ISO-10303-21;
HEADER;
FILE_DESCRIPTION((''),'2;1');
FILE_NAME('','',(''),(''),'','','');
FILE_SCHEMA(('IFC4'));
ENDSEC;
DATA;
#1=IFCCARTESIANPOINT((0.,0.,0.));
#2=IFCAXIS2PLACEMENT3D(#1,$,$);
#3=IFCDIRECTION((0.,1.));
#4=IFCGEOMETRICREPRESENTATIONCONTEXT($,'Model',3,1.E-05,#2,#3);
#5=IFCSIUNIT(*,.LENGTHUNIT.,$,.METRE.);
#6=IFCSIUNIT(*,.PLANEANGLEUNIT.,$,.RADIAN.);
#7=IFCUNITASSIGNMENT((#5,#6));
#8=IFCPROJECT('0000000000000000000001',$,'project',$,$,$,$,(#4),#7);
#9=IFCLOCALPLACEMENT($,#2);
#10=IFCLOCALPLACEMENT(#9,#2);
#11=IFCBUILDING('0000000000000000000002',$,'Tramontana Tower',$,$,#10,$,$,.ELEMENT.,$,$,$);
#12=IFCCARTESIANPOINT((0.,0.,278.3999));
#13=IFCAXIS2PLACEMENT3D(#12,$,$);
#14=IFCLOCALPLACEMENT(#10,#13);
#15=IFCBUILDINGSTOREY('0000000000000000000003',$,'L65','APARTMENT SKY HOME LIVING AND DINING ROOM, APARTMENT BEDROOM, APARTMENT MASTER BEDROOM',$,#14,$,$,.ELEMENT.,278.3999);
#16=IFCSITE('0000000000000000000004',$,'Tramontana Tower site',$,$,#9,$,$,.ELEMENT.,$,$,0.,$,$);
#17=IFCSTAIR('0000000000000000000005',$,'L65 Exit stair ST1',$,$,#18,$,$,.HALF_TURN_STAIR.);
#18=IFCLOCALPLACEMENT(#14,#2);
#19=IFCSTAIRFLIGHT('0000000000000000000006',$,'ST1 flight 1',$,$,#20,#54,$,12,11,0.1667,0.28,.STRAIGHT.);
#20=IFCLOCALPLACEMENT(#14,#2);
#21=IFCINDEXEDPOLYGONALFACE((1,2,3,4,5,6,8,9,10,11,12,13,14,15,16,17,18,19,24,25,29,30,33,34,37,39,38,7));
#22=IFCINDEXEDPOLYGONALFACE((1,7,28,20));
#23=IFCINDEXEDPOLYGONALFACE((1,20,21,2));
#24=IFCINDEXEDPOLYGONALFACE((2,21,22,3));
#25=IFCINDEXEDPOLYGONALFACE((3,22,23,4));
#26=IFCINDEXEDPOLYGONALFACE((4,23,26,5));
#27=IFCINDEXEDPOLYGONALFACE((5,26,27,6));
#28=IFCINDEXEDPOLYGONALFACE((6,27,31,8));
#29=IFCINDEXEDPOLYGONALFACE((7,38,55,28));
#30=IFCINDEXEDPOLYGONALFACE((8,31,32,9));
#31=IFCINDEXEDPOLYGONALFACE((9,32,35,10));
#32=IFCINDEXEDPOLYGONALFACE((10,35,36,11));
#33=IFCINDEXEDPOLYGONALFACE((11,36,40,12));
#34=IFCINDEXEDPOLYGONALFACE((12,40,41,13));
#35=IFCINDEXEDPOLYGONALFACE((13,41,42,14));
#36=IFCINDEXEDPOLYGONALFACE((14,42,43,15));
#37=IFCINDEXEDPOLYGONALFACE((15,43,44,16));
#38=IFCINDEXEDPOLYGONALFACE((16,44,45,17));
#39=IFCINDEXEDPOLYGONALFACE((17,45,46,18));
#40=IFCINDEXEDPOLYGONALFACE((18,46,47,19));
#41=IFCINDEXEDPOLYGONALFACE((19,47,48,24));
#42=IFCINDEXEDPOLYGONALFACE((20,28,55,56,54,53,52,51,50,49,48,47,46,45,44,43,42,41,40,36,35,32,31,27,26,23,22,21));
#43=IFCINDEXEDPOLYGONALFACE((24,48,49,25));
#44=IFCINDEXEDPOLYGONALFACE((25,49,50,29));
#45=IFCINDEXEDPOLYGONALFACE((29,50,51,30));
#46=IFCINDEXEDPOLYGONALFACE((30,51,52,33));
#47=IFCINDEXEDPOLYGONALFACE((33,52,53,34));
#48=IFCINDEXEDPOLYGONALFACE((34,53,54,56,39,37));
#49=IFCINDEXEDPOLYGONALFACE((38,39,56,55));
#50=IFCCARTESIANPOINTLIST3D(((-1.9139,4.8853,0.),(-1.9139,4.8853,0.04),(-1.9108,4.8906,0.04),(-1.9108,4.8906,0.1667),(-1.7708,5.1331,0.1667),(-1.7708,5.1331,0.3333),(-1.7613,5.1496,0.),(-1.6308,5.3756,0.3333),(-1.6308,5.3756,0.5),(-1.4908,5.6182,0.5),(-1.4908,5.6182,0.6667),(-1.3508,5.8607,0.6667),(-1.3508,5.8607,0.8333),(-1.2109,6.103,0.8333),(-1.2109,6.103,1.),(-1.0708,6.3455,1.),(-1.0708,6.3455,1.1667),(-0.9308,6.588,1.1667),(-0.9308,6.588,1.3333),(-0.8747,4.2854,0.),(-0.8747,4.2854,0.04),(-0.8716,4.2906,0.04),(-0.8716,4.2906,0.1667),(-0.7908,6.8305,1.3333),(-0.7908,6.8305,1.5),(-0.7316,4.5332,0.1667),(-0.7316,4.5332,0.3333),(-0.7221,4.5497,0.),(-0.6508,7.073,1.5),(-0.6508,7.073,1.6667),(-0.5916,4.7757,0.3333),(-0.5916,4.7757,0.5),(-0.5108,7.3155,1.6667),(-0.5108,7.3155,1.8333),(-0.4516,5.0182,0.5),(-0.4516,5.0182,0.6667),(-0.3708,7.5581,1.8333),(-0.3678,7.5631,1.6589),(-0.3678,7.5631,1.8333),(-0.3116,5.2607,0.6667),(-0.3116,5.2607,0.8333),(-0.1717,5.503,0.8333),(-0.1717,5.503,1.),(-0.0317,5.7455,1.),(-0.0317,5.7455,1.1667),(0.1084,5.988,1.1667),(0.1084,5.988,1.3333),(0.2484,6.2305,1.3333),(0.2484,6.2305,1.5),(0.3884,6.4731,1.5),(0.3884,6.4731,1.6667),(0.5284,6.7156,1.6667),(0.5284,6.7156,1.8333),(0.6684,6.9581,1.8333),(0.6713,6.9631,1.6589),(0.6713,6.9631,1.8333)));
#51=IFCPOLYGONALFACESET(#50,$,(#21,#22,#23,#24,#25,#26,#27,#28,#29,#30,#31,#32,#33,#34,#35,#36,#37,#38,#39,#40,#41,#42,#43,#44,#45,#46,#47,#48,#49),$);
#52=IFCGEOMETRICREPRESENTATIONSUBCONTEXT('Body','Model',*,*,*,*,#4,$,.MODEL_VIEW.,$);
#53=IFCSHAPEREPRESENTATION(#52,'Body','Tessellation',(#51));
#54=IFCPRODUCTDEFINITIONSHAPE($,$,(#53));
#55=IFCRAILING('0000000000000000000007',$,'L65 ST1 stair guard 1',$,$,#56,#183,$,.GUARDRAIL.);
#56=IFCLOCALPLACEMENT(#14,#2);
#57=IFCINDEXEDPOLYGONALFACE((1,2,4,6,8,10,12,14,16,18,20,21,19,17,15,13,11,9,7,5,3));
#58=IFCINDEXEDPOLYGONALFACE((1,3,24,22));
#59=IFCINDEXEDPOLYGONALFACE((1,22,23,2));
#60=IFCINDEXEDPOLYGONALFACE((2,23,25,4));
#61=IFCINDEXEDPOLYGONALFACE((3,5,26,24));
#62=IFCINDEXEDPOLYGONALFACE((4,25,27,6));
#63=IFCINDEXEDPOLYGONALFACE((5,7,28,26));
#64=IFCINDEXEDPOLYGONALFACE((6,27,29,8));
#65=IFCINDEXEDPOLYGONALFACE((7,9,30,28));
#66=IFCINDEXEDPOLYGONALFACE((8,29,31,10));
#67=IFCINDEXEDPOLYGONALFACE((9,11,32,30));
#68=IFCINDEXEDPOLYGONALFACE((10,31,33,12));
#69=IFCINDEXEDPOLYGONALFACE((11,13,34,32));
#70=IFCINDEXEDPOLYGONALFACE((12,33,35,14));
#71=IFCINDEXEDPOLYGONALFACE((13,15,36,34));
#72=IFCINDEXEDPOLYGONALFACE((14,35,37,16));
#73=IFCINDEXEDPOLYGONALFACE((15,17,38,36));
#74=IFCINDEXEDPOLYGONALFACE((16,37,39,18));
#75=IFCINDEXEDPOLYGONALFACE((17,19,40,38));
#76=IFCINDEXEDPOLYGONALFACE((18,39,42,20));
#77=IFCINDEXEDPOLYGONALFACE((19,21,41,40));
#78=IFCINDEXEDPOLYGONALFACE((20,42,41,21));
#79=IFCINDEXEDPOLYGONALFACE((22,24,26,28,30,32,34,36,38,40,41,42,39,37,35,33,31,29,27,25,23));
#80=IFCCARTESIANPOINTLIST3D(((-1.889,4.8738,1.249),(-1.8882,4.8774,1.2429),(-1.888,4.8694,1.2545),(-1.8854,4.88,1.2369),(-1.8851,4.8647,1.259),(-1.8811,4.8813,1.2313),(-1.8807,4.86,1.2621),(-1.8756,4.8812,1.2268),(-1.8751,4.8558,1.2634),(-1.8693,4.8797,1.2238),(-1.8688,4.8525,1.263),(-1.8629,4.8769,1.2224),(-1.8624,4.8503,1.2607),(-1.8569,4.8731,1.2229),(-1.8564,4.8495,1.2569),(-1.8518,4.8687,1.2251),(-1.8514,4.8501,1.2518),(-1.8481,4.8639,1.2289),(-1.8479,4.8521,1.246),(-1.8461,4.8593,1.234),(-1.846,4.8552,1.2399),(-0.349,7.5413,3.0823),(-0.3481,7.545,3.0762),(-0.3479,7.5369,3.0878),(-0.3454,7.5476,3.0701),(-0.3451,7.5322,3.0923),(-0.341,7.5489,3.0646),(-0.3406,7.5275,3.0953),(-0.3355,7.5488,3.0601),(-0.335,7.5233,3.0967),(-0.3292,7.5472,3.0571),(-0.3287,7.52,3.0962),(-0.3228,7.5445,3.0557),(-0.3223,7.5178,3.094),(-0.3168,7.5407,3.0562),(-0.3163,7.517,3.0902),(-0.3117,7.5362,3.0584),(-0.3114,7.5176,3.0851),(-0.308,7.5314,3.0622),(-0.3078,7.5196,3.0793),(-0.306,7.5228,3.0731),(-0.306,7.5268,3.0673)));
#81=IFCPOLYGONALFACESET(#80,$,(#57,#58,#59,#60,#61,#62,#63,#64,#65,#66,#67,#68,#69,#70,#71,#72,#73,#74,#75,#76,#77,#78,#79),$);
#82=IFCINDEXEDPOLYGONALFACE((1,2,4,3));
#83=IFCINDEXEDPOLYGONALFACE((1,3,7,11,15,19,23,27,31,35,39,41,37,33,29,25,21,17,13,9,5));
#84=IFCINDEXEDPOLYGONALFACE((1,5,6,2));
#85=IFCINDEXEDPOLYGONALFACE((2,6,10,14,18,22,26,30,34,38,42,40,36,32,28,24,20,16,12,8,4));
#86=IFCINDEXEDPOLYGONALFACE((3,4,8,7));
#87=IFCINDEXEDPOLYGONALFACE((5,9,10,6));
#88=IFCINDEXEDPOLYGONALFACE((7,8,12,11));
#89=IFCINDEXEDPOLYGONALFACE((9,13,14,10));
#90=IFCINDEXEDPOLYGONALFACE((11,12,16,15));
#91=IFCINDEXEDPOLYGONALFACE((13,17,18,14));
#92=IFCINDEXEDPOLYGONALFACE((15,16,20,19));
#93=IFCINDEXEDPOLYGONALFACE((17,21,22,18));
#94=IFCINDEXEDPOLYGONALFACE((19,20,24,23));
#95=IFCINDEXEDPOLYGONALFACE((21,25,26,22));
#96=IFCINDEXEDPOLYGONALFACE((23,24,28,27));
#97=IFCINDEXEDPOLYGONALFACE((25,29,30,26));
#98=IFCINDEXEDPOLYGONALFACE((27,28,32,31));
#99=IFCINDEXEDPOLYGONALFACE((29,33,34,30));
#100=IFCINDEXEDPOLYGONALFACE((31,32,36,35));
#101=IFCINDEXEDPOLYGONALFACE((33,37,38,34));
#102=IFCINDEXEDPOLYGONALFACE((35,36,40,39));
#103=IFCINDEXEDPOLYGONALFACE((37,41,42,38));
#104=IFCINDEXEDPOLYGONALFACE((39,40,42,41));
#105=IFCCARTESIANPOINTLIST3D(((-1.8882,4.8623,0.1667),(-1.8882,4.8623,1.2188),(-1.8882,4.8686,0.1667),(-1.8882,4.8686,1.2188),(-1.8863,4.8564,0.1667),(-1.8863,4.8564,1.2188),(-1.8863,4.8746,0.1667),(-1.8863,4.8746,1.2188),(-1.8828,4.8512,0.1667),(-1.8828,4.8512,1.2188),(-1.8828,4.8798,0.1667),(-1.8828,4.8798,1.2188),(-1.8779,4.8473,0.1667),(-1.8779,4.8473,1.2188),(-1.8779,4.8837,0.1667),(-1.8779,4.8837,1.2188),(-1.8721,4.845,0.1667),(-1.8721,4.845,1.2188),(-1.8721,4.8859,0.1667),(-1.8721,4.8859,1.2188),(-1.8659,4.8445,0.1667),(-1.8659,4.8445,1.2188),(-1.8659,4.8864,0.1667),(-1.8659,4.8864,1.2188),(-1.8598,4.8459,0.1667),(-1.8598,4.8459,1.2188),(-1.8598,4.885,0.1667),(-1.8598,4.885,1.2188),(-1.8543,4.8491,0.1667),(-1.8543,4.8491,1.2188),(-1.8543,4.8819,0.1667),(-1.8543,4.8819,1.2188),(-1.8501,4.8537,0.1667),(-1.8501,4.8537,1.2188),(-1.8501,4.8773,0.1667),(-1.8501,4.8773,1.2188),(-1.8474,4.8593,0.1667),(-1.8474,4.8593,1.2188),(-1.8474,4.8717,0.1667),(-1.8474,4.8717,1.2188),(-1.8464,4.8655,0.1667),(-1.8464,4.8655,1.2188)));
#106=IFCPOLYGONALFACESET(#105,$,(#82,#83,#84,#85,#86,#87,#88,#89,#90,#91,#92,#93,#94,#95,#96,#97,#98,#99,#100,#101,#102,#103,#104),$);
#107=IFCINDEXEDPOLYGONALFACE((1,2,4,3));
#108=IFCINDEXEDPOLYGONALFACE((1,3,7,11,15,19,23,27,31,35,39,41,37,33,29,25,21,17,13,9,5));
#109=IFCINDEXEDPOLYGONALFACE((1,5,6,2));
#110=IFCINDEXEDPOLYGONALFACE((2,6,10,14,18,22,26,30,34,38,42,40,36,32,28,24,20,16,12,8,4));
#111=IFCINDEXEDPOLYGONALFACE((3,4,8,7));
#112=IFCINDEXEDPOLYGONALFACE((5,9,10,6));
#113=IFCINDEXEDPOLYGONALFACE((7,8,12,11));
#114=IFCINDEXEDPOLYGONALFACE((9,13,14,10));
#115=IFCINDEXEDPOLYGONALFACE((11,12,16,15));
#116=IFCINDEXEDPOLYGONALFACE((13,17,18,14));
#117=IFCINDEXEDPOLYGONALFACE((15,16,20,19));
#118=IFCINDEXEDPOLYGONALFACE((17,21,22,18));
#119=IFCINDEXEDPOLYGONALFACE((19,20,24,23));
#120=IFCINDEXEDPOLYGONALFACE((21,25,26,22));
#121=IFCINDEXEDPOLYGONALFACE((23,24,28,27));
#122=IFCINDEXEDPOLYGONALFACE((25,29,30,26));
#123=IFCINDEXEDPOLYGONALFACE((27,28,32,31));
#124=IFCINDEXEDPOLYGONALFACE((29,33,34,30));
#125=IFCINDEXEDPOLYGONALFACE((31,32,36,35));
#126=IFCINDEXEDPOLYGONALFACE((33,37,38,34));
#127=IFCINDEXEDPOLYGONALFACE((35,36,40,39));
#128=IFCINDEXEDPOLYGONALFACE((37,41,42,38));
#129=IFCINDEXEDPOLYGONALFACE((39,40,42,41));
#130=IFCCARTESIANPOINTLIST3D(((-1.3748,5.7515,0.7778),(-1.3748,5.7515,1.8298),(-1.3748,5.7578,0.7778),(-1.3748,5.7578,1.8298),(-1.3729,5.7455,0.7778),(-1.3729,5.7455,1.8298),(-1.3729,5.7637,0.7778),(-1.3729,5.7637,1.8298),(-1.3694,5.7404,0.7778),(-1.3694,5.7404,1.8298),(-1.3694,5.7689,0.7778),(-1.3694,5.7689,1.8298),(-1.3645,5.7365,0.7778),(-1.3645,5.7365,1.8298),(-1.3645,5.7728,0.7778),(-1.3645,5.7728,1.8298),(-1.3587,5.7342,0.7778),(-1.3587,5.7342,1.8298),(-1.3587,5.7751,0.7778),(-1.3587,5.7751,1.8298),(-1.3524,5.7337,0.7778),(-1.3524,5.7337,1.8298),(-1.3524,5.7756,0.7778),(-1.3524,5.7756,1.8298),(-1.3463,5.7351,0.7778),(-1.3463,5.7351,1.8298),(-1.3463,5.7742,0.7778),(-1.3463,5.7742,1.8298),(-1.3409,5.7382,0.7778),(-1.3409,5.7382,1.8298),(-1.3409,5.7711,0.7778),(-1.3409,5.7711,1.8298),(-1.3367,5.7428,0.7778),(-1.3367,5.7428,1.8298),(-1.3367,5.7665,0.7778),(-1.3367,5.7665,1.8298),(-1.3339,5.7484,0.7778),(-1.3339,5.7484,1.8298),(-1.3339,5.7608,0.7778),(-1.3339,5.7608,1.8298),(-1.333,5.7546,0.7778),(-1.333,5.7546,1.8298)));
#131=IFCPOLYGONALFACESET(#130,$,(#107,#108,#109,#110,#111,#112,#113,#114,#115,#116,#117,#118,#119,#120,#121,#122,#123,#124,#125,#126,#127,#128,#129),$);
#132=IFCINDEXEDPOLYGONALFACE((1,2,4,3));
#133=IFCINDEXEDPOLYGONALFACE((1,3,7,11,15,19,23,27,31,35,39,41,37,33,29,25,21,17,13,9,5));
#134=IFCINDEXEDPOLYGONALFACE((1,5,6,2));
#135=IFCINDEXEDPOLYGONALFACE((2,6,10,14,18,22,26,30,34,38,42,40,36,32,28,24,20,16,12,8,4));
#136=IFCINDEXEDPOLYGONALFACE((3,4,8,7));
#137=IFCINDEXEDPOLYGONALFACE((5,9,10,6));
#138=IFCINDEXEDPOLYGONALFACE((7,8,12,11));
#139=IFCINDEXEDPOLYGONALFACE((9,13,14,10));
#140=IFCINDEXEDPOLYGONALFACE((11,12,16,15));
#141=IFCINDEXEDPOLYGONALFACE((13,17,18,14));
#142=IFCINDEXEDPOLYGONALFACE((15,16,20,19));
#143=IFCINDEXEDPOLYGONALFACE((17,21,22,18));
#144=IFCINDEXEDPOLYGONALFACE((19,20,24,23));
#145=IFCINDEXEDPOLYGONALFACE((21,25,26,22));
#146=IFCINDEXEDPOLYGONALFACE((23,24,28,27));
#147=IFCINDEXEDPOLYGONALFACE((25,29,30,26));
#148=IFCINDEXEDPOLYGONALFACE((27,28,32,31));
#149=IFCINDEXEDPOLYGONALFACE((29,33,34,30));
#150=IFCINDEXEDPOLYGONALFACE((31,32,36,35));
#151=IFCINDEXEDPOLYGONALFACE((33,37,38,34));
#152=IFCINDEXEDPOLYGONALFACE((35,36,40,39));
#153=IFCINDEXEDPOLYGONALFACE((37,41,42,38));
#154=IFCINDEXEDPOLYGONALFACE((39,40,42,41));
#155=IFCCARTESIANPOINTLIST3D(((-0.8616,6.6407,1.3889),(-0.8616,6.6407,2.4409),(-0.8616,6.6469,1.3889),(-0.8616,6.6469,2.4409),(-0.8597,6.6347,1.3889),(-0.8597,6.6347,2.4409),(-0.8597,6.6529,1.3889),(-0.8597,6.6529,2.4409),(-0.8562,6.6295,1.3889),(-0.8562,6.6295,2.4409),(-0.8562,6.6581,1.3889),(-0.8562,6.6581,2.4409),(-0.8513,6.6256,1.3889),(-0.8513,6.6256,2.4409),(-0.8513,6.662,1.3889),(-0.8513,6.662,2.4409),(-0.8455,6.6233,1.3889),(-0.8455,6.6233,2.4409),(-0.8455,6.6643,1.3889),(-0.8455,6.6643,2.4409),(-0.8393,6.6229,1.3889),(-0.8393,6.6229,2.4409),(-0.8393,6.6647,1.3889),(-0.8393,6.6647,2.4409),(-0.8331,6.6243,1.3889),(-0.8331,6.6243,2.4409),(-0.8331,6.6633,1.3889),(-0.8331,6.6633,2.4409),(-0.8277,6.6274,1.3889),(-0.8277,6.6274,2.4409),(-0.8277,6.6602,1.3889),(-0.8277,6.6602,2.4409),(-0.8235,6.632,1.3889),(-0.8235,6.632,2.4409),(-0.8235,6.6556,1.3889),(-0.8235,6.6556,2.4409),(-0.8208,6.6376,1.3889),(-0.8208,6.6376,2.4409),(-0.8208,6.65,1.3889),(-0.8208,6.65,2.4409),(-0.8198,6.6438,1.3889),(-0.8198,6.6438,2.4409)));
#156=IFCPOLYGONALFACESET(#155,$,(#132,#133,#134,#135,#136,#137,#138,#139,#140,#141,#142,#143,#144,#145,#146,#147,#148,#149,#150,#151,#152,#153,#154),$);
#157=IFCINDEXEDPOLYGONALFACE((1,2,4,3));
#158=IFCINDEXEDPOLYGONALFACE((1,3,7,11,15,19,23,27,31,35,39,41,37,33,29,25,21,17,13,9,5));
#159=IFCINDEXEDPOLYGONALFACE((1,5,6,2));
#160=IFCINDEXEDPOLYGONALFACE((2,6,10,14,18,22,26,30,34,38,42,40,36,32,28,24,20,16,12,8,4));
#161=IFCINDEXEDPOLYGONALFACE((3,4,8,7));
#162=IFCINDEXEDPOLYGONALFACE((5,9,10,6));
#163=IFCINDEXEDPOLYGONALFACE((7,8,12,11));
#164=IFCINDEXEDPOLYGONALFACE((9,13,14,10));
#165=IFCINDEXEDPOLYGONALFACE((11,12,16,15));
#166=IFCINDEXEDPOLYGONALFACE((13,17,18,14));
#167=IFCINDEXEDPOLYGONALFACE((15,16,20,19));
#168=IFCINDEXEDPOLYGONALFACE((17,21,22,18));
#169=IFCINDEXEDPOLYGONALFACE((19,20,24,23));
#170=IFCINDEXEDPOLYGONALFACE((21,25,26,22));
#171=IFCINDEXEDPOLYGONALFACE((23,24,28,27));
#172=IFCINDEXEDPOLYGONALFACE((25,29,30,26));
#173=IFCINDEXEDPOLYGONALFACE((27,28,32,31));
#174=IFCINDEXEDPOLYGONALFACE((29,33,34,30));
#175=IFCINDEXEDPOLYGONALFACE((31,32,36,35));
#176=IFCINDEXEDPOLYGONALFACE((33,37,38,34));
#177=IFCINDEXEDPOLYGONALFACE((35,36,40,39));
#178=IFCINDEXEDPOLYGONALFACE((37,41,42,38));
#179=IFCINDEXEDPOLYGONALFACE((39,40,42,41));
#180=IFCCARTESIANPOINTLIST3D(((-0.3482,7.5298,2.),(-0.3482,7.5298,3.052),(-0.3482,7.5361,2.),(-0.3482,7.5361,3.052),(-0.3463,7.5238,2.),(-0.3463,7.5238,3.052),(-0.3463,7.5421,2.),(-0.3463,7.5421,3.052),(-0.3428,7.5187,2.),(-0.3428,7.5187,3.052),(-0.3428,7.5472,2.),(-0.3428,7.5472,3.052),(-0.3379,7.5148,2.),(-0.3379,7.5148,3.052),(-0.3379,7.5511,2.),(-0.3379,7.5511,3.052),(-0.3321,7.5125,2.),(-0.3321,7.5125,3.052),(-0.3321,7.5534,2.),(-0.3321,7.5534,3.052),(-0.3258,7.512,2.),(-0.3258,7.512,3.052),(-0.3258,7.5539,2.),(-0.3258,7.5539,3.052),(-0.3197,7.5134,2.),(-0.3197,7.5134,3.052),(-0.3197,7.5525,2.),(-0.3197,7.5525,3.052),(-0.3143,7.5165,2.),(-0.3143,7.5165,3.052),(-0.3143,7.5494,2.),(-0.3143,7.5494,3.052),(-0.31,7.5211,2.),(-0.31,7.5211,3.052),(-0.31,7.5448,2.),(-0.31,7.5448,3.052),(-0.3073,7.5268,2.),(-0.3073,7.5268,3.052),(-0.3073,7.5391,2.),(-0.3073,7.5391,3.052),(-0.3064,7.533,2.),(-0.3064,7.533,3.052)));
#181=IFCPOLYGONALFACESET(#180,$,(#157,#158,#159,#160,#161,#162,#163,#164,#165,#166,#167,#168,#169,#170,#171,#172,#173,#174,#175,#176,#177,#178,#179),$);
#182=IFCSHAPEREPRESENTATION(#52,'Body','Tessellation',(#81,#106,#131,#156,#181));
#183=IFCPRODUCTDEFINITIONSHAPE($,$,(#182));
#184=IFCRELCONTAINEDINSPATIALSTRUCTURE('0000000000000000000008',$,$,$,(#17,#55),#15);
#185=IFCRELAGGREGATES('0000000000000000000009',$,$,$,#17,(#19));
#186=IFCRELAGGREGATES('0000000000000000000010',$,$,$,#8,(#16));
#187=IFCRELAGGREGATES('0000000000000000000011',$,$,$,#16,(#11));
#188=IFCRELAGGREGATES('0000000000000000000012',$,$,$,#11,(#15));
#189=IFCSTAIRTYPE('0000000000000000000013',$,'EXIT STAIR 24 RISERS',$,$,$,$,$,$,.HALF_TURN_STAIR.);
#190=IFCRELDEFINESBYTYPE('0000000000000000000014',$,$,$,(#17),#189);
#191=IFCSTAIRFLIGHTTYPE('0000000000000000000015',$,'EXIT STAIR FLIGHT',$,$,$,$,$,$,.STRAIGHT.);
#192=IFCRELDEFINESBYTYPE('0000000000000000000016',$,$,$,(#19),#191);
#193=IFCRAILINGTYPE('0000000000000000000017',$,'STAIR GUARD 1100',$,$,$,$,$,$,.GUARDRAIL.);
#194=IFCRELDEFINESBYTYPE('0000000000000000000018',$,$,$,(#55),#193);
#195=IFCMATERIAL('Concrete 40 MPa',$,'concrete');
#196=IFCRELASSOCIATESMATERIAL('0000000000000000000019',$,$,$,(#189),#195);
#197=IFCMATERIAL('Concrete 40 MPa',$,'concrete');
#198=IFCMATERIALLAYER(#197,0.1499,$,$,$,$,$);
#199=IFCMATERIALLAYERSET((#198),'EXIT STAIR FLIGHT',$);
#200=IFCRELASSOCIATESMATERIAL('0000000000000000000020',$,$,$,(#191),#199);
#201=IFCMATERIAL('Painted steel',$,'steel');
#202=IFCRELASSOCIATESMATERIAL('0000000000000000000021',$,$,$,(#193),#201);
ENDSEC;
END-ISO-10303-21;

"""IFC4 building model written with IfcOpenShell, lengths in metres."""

from ifc_helpers import new_model, si_unit, direction, frame, origin, origin_2d, place, context, subcontext, project, spatial, polyline, circle, outline, extrude, material, layer, layer_set, type_object, element, aggregate, save


model = new_model("IFC4")

# Units and contexts
model_context = context("Model", 3, precision=1e-05, world=origin(), true_north=direction((0.0, 1.0)))
body_context = subcontext(model_context, "Body", "Model", "MODEL_VIEW")
ifc_project = project(units=[si_unit("LENGTHUNIT", "METRE"), si_unit("PLANEANGLEUNIT", "RADIAN")], contexts=[model_context])

# Site, building, storey
site_placement = place(None, origin())
site = spatial("IfcSite", under=ifc_project, at=site_placement, Name="Tramontana Tower site", CompositionType="ELEMENT", RefElevation=0.0)
building_placement = place(site_placement, origin())
building = spatial("IfcBuilding", under=site, at=building_placement, Name="Tramontana Tower", CompositionType="ELEMENT")
storey_placement = place(building_placement, frame((0.0, 0.0, 278.3999)))
storey = spatial("IfcBuildingStorey", under=building, at=storey_placement, Name="L65", Description="APARTMENT SKY HOME LIVING AND DINING ROOM, APARTMENT BEDROOM, APARTMENT MASTER BEDROOM", CompositionType="ELEMENT", Elevation=278.3999)

# Stair, stair flight
ifc_material_1 = material(Name="Concrete 40 MPa", Category="concrete")
stair_type = type_object("IfcStairType", Name="EXIT STAIR 24 RISERS", PredefinedType="HALF_TURN_STAIR", material=ifc_material_1)
stair_placement = place(storey_placement, origin())
stair = element("IfcStair", 1, at=stair_placement, inside=storey, type_object=stair_type, Name="L65 Exit stair ST1", PredefinedType="HALF_TURN_STAIR")
ifc_material_2 = material(Name="Concrete 40 MPa", Category="concrete")
ifc_layer_1 = layer(ifc_material_2, 0.1499)
ifc_layer_set_1 = layer_set([ifc_layer_1], Name="EXIT STAIR FLIGHT")
stair_flight_type = type_object("IfcStairFlightType", Name="EXIT STAIR FLIGHT", PredefinedType="STRAIGHT", material=ifc_layer_set_1)
stair_flight_placement = place(storey_placement, frame((-1.3911, 4.5906, 0.0), z_axis=(0.0, 0.0, 1.0), x_axis=(0.5, 0.866025, 0.0)))
stair_flight = element("IfcStairFlight", 2, at=stair_flight_placement, type_object=stair_flight_type, Name="ST1 flight 1", NumberOfRisers=12, NumberOfTreads=11, PredefinedType="STRAIGHT", RiserHeight=0.1667, TreadLength=0.28, context=body_context, shape_type="SweptSolid", body=[
    extrude(outline(polyline([(-0.0061, 0.0), (-0.0061, 0.04), (0.0, 0.04), (0.0, 0.1667), (0.28, 0.1667), (0.28, 0.3333), (0.5601, 0.3333), (0.5601, 0.5), (0.8401, 0.5), (0.8401, 0.6667), (1.1201, 0.6667), (1.1201, 0.8333), (1.3999, 0.8333), (1.3999, 1.0), (1.6799, 1.0), (1.6799, 1.1667), (1.96, 1.1667), (1.96, 1.3333), (2.24, 1.3333), (2.24, 1.5), (2.52, 1.5), (2.52, 1.6667), (2.8, 1.6667), (2.8, 1.8333), (3.0801, 1.8333), (3.0859, 1.8333), (3.0859, 1.6589), (0.2991, 0.0), (-0.0061, 0.0)])), frame((0.0, 0.6001, 0.0), z_axis=(0.0, -1.0, 0.0), x_axis=(1.0, 0.0, 0.0)), (0.0, 0.0, 1.0), 1.2),
])
aggregate(stair, [stair_flight])

# Railing
ifc_material_3 = material(Name="Painted steel", Category="steel")
railing_type_1 = type_object("IfcRailingType", Name="STAIR GUARD 1100", PredefinedType="GUARDRAIL", material=ifc_material_3)
railing_1_placement = place(storey_placement, frame((-1.8674, 4.8655, 0.1667)))
element("IfcRailing", 3, at=railing_1_placement, inside=storey, type_object=railing_type_1, Name="L65 ST1 stair guard 1", PredefinedType="GUARDRAIL", context=body_context, shape_type="SweptSolid", body=[
    extrude(circle(Radius=0.0239, at=origin_2d()), frame((0.0, 0.0, 1.0762), z_axis=(0.429649, 0.74419, 0.511452), x_axis=(-0.86603, 0.499992, 0.0)), (0.0, 0.0, 1.0), 3.5845),
    extrude(circle(Radius=0.021, at=origin_2d()), origin(), (0.0, 0.0, 1.0), 1.052),
    extrude(circle(Radius=0.021, at=origin_2d()), frame((0.5134, 0.8892, 0.6111)), (0.0, 0.0, 1.0), 1.052),
    extrude(circle(Radius=0.021, at=origin_2d()), frame((1.0266, 1.7783, 1.2222)), (0.0, 0.0, 1.0), 1.052),
    extrude(circle(Radius=0.021, at=origin_2d()), frame((1.54, 2.6675, 1.8333)), (0.0, 0.0, 1.0), 1.052),
])

save(model, "model.ifc")
